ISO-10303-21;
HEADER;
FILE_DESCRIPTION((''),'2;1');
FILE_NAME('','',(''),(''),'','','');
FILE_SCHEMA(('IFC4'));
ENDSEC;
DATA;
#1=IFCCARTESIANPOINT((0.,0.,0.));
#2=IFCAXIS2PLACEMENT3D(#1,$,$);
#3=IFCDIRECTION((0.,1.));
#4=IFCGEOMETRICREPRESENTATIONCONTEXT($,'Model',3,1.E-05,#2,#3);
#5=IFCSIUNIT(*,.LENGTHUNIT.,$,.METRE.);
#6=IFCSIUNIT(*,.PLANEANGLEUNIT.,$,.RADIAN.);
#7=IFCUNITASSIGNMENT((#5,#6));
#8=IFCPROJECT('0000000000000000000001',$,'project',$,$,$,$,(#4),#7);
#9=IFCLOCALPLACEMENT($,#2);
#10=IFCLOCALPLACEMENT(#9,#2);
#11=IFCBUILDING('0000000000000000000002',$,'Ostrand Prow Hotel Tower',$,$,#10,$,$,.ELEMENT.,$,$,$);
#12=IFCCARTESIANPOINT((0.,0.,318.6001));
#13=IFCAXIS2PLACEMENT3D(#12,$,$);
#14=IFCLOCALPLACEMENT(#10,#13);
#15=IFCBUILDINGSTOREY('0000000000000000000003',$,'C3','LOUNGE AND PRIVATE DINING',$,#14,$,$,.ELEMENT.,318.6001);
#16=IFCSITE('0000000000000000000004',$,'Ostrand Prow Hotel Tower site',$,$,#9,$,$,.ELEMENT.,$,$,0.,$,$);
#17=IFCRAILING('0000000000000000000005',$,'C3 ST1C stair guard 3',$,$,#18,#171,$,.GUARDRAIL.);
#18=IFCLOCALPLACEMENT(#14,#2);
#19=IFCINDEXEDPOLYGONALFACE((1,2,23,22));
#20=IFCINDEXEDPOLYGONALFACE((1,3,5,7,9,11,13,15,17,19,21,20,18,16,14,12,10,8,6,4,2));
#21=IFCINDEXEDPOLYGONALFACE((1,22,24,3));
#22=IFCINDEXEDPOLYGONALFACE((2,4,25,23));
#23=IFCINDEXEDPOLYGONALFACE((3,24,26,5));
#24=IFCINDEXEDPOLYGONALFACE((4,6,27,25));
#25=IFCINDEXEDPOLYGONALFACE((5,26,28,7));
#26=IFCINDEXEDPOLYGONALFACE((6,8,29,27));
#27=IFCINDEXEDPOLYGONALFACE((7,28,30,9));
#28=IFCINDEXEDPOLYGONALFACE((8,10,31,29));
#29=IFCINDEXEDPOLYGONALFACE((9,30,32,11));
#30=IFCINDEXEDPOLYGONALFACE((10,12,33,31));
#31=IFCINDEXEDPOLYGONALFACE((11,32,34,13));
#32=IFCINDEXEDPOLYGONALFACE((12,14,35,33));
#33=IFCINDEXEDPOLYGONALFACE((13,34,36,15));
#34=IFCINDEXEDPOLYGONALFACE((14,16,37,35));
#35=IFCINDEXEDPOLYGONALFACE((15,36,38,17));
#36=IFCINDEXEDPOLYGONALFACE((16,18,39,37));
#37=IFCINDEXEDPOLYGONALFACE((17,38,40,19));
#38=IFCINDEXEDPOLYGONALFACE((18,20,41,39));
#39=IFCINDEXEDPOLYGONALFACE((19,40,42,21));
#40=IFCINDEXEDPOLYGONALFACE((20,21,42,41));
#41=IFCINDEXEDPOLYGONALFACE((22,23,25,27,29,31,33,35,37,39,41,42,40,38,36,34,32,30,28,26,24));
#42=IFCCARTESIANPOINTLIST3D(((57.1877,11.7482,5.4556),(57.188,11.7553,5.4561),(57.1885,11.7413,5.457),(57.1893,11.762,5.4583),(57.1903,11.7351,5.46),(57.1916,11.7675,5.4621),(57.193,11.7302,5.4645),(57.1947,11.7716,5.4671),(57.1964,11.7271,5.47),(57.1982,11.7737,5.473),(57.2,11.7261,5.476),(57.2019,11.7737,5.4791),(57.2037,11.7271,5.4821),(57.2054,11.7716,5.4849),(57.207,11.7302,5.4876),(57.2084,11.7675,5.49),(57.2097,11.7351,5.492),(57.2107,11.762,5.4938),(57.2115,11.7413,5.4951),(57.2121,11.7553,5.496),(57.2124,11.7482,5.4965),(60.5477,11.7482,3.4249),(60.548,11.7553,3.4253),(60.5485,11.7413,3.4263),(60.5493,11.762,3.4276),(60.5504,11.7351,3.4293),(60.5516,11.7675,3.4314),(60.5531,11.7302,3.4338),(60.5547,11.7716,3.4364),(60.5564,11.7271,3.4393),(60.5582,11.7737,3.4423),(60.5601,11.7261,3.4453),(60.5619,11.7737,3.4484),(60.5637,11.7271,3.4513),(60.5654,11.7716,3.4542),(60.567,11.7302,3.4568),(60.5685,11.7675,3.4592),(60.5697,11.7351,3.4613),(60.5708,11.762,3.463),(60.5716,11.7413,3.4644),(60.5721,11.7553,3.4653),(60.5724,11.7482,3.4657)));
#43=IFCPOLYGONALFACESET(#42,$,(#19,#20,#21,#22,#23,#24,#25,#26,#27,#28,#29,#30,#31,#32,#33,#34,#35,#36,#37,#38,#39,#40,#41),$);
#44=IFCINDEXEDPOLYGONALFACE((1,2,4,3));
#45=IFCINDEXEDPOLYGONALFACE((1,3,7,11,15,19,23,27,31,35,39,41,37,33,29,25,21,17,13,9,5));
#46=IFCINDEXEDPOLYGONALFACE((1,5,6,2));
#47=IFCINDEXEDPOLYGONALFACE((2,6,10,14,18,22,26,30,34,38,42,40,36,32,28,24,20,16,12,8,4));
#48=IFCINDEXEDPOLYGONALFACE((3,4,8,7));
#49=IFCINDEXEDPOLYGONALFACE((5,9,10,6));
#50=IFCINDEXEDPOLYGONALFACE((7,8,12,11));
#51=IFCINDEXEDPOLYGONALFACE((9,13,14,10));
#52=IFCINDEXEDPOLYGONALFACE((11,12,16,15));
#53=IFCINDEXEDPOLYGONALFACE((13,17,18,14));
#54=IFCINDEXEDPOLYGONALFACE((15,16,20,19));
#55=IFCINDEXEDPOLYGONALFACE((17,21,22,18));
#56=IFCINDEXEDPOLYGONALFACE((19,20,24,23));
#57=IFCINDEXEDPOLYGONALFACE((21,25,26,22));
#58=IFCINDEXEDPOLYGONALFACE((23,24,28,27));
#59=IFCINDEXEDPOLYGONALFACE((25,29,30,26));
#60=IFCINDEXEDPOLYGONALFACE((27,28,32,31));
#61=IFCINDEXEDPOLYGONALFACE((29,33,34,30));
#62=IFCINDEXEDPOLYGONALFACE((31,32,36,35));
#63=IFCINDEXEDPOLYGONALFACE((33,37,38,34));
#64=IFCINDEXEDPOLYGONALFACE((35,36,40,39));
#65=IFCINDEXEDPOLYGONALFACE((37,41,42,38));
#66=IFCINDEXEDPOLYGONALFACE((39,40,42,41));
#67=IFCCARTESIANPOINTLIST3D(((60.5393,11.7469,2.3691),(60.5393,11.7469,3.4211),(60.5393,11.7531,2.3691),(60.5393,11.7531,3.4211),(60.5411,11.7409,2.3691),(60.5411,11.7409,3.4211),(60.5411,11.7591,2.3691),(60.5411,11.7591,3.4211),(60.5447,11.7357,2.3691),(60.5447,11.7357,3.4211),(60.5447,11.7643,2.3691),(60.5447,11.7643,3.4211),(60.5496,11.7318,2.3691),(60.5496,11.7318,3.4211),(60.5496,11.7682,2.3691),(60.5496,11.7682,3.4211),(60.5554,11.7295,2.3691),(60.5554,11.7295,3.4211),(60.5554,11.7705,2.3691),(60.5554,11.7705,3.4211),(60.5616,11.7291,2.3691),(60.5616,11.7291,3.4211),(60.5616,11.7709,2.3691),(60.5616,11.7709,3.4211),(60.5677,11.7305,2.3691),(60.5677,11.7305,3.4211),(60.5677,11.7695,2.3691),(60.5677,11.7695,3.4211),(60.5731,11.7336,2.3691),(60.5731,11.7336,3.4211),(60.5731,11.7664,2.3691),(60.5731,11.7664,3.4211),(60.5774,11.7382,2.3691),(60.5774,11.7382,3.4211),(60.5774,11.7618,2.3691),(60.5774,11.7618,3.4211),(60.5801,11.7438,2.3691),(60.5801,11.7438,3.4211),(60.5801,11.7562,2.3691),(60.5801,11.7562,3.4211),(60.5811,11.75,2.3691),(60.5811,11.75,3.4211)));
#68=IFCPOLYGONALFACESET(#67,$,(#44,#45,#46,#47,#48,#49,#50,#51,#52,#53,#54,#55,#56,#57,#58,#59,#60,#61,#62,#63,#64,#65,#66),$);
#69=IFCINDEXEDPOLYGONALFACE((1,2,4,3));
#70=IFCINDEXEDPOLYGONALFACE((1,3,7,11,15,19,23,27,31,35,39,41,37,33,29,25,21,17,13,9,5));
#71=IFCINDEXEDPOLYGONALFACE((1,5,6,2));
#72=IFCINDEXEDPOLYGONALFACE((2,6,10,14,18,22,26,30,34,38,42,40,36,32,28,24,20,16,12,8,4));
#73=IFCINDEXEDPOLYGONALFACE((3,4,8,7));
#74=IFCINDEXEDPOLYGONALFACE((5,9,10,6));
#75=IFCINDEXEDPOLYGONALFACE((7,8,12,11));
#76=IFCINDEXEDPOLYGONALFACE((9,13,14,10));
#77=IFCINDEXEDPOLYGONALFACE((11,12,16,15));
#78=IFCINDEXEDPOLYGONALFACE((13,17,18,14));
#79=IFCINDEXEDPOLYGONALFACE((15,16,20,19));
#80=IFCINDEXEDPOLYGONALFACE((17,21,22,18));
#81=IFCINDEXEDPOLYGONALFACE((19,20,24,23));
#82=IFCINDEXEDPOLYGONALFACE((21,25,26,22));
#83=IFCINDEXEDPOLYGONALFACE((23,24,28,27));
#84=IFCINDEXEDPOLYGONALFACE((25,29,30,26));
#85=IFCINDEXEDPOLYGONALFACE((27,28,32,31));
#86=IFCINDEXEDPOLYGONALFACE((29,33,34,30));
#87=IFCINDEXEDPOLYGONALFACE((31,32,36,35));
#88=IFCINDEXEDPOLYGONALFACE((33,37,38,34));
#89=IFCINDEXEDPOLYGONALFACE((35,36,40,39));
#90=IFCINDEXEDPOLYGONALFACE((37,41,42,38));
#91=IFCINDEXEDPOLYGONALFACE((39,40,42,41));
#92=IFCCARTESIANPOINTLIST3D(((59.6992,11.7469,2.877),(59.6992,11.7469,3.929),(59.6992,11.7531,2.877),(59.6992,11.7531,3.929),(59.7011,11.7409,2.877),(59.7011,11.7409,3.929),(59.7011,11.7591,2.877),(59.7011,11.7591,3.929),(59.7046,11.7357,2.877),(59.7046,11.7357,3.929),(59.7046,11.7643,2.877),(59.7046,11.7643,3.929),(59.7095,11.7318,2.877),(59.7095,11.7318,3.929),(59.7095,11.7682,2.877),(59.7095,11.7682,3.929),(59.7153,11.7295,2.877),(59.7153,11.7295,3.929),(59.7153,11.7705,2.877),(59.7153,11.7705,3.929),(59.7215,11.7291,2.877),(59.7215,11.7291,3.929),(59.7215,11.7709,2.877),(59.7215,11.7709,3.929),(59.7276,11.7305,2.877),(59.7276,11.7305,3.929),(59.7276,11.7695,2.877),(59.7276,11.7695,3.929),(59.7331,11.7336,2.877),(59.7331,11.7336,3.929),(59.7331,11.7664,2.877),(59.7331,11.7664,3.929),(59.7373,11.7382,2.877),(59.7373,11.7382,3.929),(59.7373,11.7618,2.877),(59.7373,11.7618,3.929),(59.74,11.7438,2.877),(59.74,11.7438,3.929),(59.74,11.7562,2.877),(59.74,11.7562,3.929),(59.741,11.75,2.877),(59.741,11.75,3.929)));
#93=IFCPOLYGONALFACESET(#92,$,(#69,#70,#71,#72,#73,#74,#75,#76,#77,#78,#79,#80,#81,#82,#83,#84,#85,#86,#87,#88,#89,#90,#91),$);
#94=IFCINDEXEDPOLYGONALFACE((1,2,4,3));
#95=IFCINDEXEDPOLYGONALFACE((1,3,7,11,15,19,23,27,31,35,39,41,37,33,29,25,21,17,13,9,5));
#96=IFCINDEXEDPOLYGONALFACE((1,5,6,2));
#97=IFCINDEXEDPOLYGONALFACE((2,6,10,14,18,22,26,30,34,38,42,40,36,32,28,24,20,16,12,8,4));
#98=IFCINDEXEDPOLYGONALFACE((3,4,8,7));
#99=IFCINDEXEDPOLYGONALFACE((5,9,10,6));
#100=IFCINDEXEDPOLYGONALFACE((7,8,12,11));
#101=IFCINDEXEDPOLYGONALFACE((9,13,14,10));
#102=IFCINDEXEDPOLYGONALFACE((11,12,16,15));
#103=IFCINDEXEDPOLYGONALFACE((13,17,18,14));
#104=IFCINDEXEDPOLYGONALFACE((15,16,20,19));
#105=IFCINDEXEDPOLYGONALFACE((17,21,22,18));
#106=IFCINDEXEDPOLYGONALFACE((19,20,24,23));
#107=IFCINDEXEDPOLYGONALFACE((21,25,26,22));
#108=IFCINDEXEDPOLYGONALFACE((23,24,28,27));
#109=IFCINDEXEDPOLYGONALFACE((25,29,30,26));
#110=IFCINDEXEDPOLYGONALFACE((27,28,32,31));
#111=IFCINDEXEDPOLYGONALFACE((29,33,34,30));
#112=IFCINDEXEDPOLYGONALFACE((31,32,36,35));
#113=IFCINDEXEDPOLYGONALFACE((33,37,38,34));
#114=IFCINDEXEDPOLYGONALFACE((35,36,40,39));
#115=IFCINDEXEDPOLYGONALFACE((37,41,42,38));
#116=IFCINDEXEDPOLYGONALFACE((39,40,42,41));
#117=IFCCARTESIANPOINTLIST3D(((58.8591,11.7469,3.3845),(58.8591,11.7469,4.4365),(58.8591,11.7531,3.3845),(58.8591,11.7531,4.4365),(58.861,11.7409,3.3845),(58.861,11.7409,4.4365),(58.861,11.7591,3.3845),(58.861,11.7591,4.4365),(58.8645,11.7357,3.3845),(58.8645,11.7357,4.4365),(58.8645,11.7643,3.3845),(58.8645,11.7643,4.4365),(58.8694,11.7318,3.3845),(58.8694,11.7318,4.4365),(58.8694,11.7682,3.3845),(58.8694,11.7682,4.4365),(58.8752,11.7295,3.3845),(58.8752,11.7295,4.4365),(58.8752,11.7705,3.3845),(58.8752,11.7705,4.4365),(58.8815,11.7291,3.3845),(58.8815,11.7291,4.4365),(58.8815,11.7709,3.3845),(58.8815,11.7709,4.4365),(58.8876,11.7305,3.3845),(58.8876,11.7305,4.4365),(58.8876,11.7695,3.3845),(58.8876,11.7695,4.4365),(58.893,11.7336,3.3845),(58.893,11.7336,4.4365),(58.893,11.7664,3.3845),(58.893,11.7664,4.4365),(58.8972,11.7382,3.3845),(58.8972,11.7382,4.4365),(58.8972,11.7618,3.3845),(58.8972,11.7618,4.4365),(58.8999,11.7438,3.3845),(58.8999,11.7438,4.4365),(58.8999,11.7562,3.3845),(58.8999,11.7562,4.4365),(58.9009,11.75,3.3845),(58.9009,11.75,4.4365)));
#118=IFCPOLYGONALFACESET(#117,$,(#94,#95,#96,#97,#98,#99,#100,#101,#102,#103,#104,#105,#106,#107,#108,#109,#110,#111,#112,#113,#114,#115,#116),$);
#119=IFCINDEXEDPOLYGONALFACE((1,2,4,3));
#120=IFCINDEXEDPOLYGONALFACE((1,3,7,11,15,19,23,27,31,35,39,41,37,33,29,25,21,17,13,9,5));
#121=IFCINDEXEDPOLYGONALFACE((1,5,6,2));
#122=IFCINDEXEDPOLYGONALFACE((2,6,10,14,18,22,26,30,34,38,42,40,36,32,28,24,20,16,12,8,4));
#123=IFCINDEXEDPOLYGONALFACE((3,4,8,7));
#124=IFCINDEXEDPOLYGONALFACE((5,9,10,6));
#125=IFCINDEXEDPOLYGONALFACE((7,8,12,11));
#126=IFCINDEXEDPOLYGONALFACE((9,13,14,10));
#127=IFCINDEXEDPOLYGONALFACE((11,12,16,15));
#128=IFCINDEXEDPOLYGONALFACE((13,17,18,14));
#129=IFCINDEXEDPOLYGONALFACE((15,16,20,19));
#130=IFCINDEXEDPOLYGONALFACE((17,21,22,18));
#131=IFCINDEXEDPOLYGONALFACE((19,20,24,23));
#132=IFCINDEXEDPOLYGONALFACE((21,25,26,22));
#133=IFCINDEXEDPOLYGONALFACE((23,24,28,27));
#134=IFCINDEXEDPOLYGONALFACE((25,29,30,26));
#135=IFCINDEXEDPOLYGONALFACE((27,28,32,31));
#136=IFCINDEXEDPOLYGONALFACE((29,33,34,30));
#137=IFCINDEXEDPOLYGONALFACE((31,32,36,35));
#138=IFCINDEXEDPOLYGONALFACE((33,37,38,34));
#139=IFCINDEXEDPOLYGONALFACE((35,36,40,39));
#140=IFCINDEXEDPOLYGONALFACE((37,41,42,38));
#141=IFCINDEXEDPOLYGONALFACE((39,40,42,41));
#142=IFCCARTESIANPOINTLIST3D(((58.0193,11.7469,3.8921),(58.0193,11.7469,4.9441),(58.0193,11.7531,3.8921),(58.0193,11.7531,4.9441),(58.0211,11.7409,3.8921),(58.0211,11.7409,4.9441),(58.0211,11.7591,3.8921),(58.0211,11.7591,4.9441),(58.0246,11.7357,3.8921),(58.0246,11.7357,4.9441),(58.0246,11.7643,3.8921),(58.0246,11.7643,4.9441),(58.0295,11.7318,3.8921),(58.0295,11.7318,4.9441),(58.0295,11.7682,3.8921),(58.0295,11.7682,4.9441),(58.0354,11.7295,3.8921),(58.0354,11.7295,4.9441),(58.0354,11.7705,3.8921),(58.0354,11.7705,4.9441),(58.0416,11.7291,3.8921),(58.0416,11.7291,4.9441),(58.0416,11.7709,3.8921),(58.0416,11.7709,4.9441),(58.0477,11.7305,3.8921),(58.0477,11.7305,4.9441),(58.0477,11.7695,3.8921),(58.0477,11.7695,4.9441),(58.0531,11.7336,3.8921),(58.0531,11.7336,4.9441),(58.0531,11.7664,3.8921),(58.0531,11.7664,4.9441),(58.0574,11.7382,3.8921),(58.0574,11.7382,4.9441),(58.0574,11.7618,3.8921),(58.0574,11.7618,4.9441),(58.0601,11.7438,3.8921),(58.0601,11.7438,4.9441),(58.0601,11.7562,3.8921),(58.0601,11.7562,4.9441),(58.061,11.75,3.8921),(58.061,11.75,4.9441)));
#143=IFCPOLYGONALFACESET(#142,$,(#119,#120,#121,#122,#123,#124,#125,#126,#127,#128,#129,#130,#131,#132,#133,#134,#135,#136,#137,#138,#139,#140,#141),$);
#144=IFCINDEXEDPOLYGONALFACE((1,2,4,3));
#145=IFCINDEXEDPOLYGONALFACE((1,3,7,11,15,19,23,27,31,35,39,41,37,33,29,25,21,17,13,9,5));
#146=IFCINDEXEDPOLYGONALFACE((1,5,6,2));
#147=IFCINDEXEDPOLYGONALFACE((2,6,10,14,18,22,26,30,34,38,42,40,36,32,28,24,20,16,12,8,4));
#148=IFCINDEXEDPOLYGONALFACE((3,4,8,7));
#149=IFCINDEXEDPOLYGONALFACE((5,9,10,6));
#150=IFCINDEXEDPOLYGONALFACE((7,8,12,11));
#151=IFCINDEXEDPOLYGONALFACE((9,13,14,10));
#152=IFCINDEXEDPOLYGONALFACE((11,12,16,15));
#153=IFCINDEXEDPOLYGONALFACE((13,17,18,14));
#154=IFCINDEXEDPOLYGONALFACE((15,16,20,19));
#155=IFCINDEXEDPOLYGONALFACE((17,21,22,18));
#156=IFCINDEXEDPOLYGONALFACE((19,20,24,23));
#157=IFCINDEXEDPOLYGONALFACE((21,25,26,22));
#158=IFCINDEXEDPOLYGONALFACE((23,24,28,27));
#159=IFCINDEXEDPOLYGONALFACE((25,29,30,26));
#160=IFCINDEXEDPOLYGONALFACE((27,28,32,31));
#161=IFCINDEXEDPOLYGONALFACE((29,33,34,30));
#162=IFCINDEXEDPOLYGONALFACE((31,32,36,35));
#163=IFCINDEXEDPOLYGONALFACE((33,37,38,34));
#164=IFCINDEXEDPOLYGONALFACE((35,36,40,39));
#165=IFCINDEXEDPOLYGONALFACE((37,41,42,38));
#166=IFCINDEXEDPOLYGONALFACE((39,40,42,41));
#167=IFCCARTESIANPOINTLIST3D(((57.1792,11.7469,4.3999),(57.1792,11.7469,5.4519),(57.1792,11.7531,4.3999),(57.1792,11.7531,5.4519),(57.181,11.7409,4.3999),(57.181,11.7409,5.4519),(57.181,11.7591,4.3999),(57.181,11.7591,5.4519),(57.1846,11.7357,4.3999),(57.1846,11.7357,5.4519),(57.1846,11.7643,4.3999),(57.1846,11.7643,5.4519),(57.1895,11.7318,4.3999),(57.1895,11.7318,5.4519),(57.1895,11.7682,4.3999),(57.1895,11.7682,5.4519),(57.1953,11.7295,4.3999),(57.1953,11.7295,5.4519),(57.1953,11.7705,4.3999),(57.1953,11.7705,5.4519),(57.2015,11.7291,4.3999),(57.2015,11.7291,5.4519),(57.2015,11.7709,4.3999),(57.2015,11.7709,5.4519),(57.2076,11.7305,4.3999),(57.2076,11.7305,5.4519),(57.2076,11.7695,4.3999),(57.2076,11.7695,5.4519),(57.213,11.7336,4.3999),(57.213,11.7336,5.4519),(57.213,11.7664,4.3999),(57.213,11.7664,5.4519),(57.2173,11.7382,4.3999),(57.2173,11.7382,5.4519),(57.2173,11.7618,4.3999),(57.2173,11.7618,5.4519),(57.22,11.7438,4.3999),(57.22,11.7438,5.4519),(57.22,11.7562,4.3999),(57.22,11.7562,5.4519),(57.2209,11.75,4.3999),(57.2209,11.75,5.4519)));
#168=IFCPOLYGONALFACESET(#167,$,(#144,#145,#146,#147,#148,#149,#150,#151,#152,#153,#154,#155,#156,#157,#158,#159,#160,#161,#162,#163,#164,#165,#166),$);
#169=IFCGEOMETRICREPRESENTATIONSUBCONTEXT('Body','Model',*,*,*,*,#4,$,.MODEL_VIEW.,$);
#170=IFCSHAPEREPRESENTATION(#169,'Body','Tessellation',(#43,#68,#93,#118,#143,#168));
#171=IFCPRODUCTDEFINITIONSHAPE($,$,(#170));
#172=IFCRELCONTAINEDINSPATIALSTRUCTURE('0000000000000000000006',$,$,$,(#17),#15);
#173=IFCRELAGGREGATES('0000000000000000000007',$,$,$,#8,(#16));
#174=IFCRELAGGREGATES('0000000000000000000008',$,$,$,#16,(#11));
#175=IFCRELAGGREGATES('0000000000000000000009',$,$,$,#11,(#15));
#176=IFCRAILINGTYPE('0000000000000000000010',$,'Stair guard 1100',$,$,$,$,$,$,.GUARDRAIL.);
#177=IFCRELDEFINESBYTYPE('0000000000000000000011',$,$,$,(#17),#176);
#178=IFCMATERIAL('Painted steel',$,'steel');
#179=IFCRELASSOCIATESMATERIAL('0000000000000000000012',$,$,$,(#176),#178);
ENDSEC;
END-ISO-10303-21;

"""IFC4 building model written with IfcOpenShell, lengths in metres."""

from ifc_helpers import new_model, si_unit, direction, frame, origin, origin_2d, place, context, subcontext, project, spatial, circle, extrude, material, type_object, element, save


model = new_model("IFC4")

# Units and contexts
model_context = context("Model", 3, precision=1e-05, world=origin(), true_north=direction((0.0, 1.0)))
body_context = subcontext(model_context, "Body", "Model", "MODEL_VIEW")
ifc_project = project(units=[si_unit("LENGTHUNIT", "METRE"), si_unit("PLANEANGLEUNIT", "RADIAN")], contexts=[model_context])

# Site, building, storey
site_placement = place(None, origin())
site = spatial("IfcSite", under=ifc_project, at=site_placement, Name="Ostrand Prow Hotel Tower site", CompositionType="ELEMENT", RefElevation=0.0)
building_placement = place(site_placement, origin())
building = spatial("IfcBuilding", under=site, at=building_placement, Name="Ostrand Prow Hotel Tower", CompositionType="ELEMENT")
storey_placement = place(building_placement, frame((0.0, 0.0, 318.6001)))
storey = spatial("IfcBuildingStorey", under=building, at=storey_placement, Name="C3", Description="LOUNGE AND PRIVATE DINING", CompositionType="ELEMENT", Elevation=318.6001)

# Railing
ifc_material_1 = material(Name="Painted steel", Category="steel")
railing_type_1 = type_object("IfcRailingType", Name="Stair guard 1100", PredefinedType="GUARDRAIL", material=ifc_material_1)
railing_1_placement = place(storey_placement, frame((60.5601, 11.75, 2.3691)))
element("IfcRailing", 1, at=railing_1_placement, inside=storey, type_object=railing_type_1, Name="C3 ST1C stair guard 3", PredefinedType="GUARDRAIL", context=body_context, shape_type="SweptSolid", body=[
    extrude(circle(Radius=0.0239, at=origin_2d()), frame((0.0, 0.0, 1.0762), z_axis=(-0.855837, 0.0, 0.517246), x_axis=(0.0, -1.0, 0.0)), (0.0, 0.0, 1.0), 3.926),
    extrude(circle(Radius=0.021, at=origin_2d()), origin(), (0.0, 0.0, 1.0), 1.052),
    extrude(circle(Radius=0.021, at=origin_2d()), frame((-0.8401, 0.0, 0.5078)), (0.0, 0.0, 1.0), 1.052),
    extrude(circle(Radius=0.021, at=origin_2d()), frame((-1.6802, 0.0, 1.0154)), (0.0, 0.0, 1.0), 1.052),
    extrude(circle(Radius=0.021, at=origin_2d()), frame((-2.52, 0.0, 1.5229)), (0.0, 0.0, 1.0), 1.052),
    extrude(circle(Radius=0.021, at=origin_2d()), frame((-3.3601, 0.0, 2.0308)), (0.0, 0.0, 1.0), 1.052),
])

save(model, "model.ifc")
